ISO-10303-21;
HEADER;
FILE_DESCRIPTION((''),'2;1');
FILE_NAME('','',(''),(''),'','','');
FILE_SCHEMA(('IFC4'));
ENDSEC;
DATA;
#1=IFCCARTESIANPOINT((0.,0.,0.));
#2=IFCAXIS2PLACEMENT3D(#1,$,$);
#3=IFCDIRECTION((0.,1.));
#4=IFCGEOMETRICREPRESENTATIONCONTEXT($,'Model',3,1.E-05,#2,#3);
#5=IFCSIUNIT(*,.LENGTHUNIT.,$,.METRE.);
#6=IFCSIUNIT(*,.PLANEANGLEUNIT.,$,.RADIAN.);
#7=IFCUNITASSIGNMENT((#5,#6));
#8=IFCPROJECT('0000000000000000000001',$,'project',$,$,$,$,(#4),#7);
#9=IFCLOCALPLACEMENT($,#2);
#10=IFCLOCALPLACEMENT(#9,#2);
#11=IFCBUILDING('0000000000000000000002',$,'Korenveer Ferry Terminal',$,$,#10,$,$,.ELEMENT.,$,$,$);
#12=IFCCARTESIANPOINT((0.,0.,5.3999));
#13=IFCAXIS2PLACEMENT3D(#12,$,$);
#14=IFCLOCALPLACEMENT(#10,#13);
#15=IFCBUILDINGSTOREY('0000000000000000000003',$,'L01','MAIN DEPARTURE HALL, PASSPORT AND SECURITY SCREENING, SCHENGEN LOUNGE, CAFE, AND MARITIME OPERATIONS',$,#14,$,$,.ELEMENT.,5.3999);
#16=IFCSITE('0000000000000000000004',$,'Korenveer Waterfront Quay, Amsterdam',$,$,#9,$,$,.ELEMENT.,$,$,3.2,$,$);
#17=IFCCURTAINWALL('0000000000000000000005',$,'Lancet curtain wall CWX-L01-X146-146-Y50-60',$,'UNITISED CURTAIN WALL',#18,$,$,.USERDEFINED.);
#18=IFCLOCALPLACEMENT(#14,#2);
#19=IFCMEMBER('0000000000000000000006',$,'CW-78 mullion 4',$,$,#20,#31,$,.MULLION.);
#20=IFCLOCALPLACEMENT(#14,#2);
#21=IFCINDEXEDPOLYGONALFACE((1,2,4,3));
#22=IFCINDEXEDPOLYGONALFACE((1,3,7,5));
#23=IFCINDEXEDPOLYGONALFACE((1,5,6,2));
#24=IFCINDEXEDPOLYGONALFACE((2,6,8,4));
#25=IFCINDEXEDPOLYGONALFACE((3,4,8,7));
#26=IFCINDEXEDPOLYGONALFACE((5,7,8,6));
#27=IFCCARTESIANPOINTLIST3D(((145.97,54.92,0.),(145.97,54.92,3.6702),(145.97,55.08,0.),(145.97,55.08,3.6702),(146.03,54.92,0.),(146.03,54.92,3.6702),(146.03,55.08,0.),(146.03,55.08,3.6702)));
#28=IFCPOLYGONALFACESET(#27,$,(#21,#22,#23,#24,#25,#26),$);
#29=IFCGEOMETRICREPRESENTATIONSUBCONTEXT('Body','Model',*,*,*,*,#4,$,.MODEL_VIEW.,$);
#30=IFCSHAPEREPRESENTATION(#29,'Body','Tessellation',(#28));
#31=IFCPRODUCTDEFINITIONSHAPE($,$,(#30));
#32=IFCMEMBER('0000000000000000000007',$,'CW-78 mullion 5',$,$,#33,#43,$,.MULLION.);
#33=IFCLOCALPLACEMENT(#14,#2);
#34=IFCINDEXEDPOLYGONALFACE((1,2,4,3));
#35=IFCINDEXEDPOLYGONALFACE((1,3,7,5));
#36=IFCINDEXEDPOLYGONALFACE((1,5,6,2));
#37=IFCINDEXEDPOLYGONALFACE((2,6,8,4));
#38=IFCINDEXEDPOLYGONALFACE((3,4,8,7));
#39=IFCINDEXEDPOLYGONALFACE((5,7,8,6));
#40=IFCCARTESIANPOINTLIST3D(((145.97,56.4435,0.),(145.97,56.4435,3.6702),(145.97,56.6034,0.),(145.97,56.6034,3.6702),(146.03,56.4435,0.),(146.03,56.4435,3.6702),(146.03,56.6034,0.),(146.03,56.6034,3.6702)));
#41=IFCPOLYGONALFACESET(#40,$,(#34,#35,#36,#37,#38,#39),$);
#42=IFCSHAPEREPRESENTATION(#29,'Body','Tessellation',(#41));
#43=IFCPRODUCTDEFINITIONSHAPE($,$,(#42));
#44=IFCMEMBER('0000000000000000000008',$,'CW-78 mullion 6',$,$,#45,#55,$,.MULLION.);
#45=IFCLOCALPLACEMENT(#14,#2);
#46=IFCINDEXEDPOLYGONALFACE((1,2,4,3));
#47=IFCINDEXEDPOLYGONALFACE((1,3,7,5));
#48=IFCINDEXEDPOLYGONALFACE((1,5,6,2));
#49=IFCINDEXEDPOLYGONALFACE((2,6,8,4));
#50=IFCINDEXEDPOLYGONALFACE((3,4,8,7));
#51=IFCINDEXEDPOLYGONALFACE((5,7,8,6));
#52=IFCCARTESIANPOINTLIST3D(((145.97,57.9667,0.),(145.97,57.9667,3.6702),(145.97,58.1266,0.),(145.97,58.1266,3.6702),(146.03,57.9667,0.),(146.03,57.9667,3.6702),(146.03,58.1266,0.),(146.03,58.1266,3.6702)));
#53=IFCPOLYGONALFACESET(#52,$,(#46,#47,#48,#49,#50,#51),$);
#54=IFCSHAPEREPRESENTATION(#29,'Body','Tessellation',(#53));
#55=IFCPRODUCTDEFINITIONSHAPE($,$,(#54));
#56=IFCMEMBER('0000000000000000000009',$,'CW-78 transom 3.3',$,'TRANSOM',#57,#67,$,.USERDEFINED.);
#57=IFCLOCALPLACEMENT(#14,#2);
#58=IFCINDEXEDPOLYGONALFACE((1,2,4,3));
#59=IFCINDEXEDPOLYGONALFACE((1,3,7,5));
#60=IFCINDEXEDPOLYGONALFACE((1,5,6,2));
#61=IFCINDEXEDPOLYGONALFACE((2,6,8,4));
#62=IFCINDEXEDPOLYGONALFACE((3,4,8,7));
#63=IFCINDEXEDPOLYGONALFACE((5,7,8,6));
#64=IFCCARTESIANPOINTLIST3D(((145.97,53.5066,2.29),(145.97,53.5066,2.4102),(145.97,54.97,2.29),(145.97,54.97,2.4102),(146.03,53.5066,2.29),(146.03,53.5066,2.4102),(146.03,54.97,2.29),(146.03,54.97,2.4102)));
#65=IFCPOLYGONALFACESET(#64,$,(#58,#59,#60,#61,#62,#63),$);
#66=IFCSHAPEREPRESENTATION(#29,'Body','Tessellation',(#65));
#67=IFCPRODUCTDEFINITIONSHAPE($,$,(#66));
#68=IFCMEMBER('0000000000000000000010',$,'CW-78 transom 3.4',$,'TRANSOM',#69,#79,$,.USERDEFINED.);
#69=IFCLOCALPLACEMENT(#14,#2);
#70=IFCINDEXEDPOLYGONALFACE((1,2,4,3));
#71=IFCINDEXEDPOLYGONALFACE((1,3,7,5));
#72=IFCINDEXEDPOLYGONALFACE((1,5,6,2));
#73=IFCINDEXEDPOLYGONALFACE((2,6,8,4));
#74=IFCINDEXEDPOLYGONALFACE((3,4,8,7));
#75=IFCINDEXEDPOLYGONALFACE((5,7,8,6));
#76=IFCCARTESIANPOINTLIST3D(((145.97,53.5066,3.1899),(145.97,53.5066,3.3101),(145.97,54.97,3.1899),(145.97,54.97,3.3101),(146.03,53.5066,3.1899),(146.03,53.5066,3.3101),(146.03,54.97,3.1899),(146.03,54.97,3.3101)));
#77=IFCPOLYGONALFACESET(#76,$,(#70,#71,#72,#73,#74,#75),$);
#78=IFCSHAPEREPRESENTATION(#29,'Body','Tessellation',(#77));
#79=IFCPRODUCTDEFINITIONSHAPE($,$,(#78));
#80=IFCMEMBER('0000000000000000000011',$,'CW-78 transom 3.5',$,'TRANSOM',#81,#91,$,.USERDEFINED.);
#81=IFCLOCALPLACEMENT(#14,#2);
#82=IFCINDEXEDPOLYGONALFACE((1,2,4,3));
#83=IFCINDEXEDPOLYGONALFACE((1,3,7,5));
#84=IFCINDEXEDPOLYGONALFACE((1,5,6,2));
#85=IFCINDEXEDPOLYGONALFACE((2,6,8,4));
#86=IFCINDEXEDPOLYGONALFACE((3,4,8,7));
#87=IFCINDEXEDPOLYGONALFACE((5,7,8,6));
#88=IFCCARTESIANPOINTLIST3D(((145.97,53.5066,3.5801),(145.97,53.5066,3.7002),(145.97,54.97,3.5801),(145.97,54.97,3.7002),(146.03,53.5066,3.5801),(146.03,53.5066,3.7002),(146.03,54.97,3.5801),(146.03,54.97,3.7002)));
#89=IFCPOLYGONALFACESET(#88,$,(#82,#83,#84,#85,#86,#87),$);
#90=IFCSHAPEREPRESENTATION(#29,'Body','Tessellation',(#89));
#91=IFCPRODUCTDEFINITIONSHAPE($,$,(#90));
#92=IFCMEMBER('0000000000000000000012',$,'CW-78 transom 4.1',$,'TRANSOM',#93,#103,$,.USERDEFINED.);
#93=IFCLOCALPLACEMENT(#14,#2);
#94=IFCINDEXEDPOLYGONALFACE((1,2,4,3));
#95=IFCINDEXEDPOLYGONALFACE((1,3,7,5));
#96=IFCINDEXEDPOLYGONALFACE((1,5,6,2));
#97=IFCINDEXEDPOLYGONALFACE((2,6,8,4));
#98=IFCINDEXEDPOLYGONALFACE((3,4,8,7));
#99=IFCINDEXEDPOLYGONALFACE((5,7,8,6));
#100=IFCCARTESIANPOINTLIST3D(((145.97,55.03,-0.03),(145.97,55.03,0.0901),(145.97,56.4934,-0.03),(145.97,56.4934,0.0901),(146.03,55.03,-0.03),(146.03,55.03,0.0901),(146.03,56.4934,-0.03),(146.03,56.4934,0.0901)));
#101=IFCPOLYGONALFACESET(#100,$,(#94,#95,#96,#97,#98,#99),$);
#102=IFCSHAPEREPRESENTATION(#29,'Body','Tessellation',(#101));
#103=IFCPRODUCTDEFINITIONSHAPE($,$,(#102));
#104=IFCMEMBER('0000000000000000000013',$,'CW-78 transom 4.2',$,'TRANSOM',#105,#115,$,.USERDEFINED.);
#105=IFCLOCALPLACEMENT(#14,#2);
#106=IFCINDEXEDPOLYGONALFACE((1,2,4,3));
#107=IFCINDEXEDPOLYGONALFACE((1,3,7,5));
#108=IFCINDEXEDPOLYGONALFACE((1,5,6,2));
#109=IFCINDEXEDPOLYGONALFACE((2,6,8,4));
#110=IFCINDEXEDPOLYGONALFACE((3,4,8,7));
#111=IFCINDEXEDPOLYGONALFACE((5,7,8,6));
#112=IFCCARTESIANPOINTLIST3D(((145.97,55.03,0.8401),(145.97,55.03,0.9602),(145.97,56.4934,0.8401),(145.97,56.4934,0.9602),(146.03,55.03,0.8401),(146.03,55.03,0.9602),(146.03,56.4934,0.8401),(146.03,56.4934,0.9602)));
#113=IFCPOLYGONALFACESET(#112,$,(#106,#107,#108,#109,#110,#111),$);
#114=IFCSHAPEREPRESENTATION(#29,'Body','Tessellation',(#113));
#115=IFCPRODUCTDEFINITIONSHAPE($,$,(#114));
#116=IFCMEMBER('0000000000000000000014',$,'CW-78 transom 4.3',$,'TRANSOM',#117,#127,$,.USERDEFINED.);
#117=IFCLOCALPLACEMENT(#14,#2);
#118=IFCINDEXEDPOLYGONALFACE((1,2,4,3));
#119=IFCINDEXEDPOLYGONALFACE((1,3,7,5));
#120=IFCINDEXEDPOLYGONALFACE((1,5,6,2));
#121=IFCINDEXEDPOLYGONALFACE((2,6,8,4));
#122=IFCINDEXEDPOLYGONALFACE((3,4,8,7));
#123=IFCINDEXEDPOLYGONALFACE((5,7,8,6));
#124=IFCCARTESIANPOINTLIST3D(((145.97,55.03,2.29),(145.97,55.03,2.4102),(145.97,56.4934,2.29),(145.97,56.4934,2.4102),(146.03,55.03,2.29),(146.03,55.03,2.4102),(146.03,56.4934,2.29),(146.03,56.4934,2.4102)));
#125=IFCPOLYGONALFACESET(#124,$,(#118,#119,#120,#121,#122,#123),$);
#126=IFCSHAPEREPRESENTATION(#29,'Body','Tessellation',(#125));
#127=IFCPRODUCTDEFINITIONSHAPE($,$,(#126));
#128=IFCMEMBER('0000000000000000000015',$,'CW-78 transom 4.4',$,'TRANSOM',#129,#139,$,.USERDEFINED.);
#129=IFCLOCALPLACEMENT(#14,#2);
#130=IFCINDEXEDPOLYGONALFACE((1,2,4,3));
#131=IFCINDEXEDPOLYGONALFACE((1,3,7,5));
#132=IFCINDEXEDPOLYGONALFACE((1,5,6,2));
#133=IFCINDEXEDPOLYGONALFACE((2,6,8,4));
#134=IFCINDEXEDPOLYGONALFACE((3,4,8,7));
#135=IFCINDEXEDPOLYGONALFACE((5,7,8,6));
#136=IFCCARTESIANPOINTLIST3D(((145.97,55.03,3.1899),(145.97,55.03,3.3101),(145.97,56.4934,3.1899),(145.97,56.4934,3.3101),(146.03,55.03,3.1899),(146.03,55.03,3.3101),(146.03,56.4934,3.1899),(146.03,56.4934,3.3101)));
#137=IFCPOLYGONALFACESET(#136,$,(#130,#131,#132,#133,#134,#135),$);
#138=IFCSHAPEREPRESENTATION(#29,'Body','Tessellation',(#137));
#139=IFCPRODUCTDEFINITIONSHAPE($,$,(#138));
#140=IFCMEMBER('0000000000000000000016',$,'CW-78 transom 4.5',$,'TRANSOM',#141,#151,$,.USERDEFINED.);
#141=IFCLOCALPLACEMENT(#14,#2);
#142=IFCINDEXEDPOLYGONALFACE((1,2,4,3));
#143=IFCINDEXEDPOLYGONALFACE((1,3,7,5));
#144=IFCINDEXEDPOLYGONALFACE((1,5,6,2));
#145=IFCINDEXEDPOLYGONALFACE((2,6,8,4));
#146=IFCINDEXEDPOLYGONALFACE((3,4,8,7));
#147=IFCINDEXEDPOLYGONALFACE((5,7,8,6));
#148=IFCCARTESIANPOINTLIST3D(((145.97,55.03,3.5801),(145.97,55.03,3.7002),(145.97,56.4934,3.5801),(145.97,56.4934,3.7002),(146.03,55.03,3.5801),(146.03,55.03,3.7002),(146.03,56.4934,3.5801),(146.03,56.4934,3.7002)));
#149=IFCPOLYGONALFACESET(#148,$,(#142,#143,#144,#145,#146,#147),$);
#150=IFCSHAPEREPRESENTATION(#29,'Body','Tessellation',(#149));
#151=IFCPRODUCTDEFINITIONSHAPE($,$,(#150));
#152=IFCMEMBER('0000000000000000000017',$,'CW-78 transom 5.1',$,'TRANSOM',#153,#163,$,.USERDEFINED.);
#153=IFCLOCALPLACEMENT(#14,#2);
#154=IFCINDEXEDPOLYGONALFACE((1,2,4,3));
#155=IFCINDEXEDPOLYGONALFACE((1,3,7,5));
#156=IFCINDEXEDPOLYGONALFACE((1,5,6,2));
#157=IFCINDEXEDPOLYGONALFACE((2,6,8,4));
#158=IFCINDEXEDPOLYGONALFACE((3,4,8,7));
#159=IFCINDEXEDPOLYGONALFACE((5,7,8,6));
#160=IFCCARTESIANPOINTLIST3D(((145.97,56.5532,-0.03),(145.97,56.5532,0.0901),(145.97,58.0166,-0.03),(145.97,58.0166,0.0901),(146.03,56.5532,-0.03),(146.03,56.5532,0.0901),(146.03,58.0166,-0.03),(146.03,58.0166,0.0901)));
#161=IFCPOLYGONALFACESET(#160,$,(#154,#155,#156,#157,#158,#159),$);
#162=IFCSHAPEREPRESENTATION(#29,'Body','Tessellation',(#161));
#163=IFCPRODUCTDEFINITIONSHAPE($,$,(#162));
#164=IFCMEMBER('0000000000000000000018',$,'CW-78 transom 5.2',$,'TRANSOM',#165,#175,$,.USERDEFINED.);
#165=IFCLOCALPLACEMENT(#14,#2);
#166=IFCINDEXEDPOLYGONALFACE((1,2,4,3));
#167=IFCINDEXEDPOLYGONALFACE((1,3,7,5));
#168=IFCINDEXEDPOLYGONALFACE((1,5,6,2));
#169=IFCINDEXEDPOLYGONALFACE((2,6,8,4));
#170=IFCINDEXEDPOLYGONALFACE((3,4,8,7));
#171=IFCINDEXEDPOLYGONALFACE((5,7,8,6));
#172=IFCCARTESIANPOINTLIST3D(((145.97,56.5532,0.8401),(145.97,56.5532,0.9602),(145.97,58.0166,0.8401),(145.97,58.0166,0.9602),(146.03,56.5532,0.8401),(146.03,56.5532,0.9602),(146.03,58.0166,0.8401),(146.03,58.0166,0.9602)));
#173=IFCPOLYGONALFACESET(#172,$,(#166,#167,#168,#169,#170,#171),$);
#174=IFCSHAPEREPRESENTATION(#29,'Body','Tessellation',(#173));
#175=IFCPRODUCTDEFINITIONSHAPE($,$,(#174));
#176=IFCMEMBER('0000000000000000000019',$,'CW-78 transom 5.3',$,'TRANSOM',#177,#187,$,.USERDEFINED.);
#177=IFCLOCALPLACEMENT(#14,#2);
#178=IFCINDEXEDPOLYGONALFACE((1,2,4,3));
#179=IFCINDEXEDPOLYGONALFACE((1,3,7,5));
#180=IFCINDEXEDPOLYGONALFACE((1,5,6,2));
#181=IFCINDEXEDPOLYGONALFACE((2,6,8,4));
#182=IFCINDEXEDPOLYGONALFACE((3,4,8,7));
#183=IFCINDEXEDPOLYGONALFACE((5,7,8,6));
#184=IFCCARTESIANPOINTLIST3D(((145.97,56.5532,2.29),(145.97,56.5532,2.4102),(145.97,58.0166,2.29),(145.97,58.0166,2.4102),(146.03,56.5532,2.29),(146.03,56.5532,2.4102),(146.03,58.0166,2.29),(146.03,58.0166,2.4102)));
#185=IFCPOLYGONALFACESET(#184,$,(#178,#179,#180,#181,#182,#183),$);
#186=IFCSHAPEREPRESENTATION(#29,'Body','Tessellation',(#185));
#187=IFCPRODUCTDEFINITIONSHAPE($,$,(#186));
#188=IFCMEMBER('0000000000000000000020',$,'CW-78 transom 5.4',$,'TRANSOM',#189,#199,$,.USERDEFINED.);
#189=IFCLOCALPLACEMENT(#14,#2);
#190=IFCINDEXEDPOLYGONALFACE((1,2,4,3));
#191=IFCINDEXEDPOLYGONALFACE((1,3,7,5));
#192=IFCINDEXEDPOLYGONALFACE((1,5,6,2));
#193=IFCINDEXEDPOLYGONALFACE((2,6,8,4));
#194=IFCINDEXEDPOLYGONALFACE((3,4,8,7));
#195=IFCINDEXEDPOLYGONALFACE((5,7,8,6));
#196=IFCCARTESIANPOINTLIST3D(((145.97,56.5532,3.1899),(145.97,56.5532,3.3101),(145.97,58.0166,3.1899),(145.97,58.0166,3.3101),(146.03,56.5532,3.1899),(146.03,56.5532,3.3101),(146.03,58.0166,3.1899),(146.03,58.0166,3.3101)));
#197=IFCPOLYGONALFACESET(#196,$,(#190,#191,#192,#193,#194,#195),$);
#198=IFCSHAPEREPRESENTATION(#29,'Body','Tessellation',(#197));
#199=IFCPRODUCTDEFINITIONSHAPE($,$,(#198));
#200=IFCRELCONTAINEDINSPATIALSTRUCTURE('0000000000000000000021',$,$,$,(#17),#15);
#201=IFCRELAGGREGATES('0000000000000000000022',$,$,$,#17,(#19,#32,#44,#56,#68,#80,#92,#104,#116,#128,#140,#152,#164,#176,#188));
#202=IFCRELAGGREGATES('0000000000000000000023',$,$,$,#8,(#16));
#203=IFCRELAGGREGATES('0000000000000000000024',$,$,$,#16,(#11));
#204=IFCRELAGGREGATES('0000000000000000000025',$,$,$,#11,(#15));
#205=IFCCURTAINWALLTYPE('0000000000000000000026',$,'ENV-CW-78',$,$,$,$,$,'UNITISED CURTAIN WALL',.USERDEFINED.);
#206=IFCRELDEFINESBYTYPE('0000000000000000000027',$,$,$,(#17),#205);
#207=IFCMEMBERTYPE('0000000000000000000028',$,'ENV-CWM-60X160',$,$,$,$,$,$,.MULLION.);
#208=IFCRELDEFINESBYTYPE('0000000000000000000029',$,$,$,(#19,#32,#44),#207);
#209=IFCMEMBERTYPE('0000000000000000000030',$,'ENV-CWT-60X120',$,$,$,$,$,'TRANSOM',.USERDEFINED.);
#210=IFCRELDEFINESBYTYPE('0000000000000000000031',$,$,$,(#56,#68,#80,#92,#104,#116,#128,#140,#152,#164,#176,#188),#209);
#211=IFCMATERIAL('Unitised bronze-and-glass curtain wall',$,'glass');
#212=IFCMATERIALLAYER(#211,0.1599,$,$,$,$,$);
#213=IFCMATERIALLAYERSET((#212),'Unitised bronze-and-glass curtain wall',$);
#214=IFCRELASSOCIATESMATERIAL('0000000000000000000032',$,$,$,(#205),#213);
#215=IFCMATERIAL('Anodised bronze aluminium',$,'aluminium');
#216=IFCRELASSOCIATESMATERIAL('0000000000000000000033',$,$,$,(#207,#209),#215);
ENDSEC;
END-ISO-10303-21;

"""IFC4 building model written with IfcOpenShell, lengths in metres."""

from ifc_helpers import new_model, si_unit, direction, frame, origin, origin_2d, place, context, subcontext, project, spatial, rectangle, extrude, material, layer, layer_set, material_profile, profile_set, type_object, element, aggregate, save


model = new_model("IFC4")

# Units and contexts
model_context = context("Model", 3, precision=1e-05, world=origin(), true_north=direction((0.0, 1.0)))
body_context = subcontext(model_context, "Body", "Model", "MODEL_VIEW")
ifc_project = project(units=[si_unit("LENGTHUNIT", "METRE"), si_unit("PLANEANGLEUNIT", "RADIAN")], contexts=[model_context])

# Site, building, storey
site_placement = place(None, origin())
site = spatial("IfcSite", under=ifc_project, at=site_placement, Name="Korenveer Waterfront Quay, Amsterdam", CompositionType="ELEMENT", RefElevation=3.2)
building_placement = place(site_placement, origin())
building = spatial("IfcBuilding", under=site, at=building_placement, Name="Korenveer Ferry Terminal", CompositionType="ELEMENT")
storey_placement = place(building_placement, frame((0.0, 0.0, 5.3999)))
storey = spatial("IfcBuildingStorey", under=building, at=storey_placement, Name="L01", Description="MAIN DEPARTURE HALL, PASSPORT AND SECURITY SCREENING, SCHENGEN LOUNGE, CAFE, AND MARITIME OPERATIONS", CompositionType="ELEMENT", Elevation=5.3999)

# Curtain wall, members
ifc_material_1 = material(Name="Unitised bronze-and-glass curtain wall", Category="glass")
ifc_layer_1 = layer(ifc_material_1, 0.1599)
ifc_layer_set_1 = layer_set([ifc_layer_1], Name="Unitised bronze-and-glass curtain wall")
curtain_wall_type = type_object("IfcCurtainWallType", Name="ENV-CW-78", ElementType="UNITISED CURTAIN WALL", PredefinedType="USERDEFINED", material=ifc_layer_set_1)
curtain_wall_placement = place(storey_placement, frame((146.0, 50.4299, 0.0)))
curtain_wall = element("IfcCurtainWall", 1, at=curtain_wall_placement, inside=storey, type_object=curtain_wall_type, Name="Lancet curtain wall CWX-L01-X146-146-Y50-60", ObjectType="UNITISED CURTAIN WALL", PredefinedType="USERDEFINED")
ifc_material_2 = material(Name="Anodised bronze aluminium", Category="aluminium")
ifc_material_profile_1 = material_profile(ifc_material_2, rectangle(XDim=0.0601, YDim=0.1599, at=origin_2d()), Name="ALU 60x160")
ifc_profile_set_1 = profile_set([ifc_material_profile_1], Name="Anodised bronze aluminium")
member_type_1 = type_object("IfcMemberType", Name="ENV-CWM-60X160", PredefinedType="MULLION", material=ifc_profile_set_1)
member_1_placement = place(storey_placement, frame((146.0, 55.0, 0.0), z_axis=(0.0, 0.0, 1.0), x_axis=(-1.0, 0.0, 0.0)))
member_1 = element("IfcMember", 2, at=member_1_placement, type_object=member_type_1, Name="CW-78 mullion 4", PredefinedType="MULLION", context=body_context, shape_type="SweptSolid", body=[
    extrude(rectangle(XDim=0.0601, YDim=0.1599, at=origin_2d()), origin(), (0.0, 0.0, 1.0), 3.6702),
])
member_2_placement = place(storey_placement, frame((146.0, 56.5234, 0.0), z_axis=(0.0, 0.0, 1.0), x_axis=(-1.0, 0.0, 0.0)))
member_2 = element("IfcMember", 3, at=member_2_placement, type_object=member_type_1, Name="CW-78 mullion 5", PredefinedType="MULLION", context=body_context, shape_type="SweptSolid", body=[
    extrude(rectangle(XDim=0.0601, YDim=0.1599, at=origin_2d()), origin(), (0.0, 0.0, 1.0), 3.6702),
])
member_3_placement = place(storey_placement, frame((146.0, 58.0466, 0.0), z_axis=(0.0, 0.0, 1.0), x_axis=(-1.0, 0.0, 0.0)))
member_3 = element("IfcMember", 4, at=member_3_placement, type_object=member_type_1, Name="CW-78 mullion 6", PredefinedType="MULLION", context=body_context, shape_type="SweptSolid", body=[
    extrude(rectangle(XDim=0.0601, YDim=0.1599, at=origin_2d()), origin(), (0.0, 0.0, 1.0), 3.6702),
])
ifc_material_profile_2 = material_profile(ifc_material_2, rectangle(XDim=0.0601, YDim=0.1201, at=origin_2d()), Name="ALU 60x120")
ifc_profile_set_2 = profile_set([ifc_material_profile_2], Name="Anodised bronze aluminium")
member_type_2 = type_object("IfcMemberType", Name="ENV-CWT-60X120", ElementType="TRANSOM", PredefinedType="USERDEFINED", material=ifc_profile_set_2)
member_4_placement = place(storey_placement, frame((146.0, 53.5066, 2.3501), z_axis=(0.0, 1.0, 0.0), x_axis=(-1.0, 0.0, 0.0)))
member_4 = element("IfcMember", 5, at=member_4_placement, type_object=member_type_2, Name="CW-78 transom 3.3", ObjectType="TRANSOM", PredefinedType="USERDEFINED", context=body_context, shape_type="SweptSolid", body=[
    extrude(rectangle(XDim=0.0601, YDim=0.1201, at=origin_2d()), origin(), (0.0, 0.0, 1.0), 1.4634),
])
member_5_placement = place(storey_placement, frame((146.0, 53.5066, 3.25), z_axis=(0.0, 1.0, 0.0), x_axis=(-1.0, 0.0, 0.0)))
member_5 = element("IfcMember", 6, at=member_5_placement, type_object=member_type_2, Name="CW-78 transom 3.4", ObjectType="TRANSOM", PredefinedType="USERDEFINED", context=body_context, shape_type="SweptSolid", body=[
    extrude(rectangle(XDim=0.0601, YDim=0.1201, at=origin_2d()), origin(), (0.0, 0.0, 1.0), 1.4634),
])
member_6_placement = place(storey_placement, frame((146.0, 53.5066, 3.6401), z_axis=(0.0, 1.0, 0.0), x_axis=(-1.0, 0.0, 0.0)))
member_6 = element("IfcMember", 7, at=member_6_placement, type_object=member_type_2, Name="CW-78 transom 3.5", ObjectType="TRANSOM", PredefinedType="USERDEFINED", context=body_context, shape_type="SweptSolid", body=[
    extrude(rectangle(XDim=0.0601, YDim=0.1201, at=origin_2d()), origin(), (0.0, 0.0, 1.0), 1.4634),
])
member_7_placement = place(storey_placement, frame((146.0, 55.03, 0.03), z_axis=(0.0, 1.0, 0.0), x_axis=(-1.0, 0.0, 0.0)))
member_7 = element("IfcMember", 8, at=member_7_placement, type_object=member_type_2, Name="CW-78 transom 4.1", ObjectType="TRANSOM", PredefinedType="USERDEFINED", context=body_context, shape_type="SweptSolid", body=[
    extrude(rectangle(XDim=0.0601, YDim=0.1201, at=origin_2d()), origin(), (0.0, 0.0, 1.0), 1.4634),
])
member_8_placement = place(storey_placement, frame((146.0, 55.03, 0.9001), z_axis=(0.0, 1.0, 0.0), x_axis=(-1.0, 0.0, 0.0)))
member_8 = element("IfcMember", 9, at=member_8_placement, type_object=member_type_2, Name="CW-78 transom 4.2", ObjectType="TRANSOM", PredefinedType="USERDEFINED", context=body_context, shape_type="SweptSolid", body=[
    extrude(rectangle(XDim=0.0601, YDim=0.1201, at=origin_2d()), origin(), (0.0, 0.0, 1.0), 1.4634),
])
member_9_placement = place(storey_placement, frame((146.0, 55.03, 2.3501), z_axis=(0.0, 1.0, 0.0), x_axis=(-1.0, 0.0, 0.0)))
member_9 = element("IfcMember", 10, at=member_9_placement, type_object=member_type_2, Name="CW-78 transom 4.3", ObjectType="TRANSOM", PredefinedType="USERDEFINED", context=body_context, shape_type="SweptSolid", body=[
    extrude(rectangle(XDim=0.0601, YDim=0.1201, at=origin_2d()), origin(), (0.0, 0.0, 1.0), 1.4634),
])
member_10_placement = place(storey_placement, frame((146.0, 55.03, 3.25), z_axis=(0.0, 1.0, 0.0), x_axis=(-1.0, 0.0, 0.0)))
member_10 = element("IfcMember", 11, at=member_10_placement, type_object=member_type_2, Name="CW-78 transom 4.4", ObjectType="TRANSOM", PredefinedType="USERDEFINED", context=body_context, shape_type="SweptSolid", body=[
    extrude(rectangle(XDim=0.0601, YDim=0.1201, at=origin_2d()), origin(), (0.0, 0.0, 1.0), 1.4634),
])
member_11_placement = place(storey_placement, frame((146.0, 55.03, 3.6401), z_axis=(0.0, 1.0, 0.0), x_axis=(-1.0, 0.0, 0.0)))
member_11 = element("IfcMember", 12, at=member_11_placement, type_object=member_type_2, Name="CW-78 transom 4.5", ObjectType="TRANSOM", PredefinedType="USERDEFINED", context=body_context, shape_type="SweptSolid", body=[
    extrude(rectangle(XDim=0.0601, YDim=0.1201, at=origin_2d()), origin(), (0.0, 0.0, 1.0), 1.4634),
])
member_12_placement = place(storey_placement, frame((146.0, 56.5532, 0.03), z_axis=(0.0, 1.0, 0.0), x_axis=(-1.0, 0.0, 0.0)))
member_12 = element("IfcMember", 13, at=member_12_placement, type_object=member_type_2, Name="CW-78 transom 5.1", ObjectType="TRANSOM", PredefinedType="USERDEFINED", context=body_context, shape_type="SweptSolid", body=[
    extrude(rectangle(XDim=0.0601, YDim=0.1201, at=origin_2d()), origin(), (0.0, 0.0, 1.0), 1.4634),
])
member_13_placement = place(storey_placement, frame((146.0, 56.5532, 0.9001), z_axis=(0.0, 1.0, 0.0), x_axis=(-1.0, 0.0, 0.0)))
member_13 = element("IfcMember", 14, at=member_13_placement, type_object=member_type_2, Name="CW-78 transom 5.2", ObjectType="TRANSOM", PredefinedType="USERDEFINED", context=body_context, shape_type="SweptSolid", body=[
    extrude(rectangle(XDim=0.0601, YDim=0.1201, at=origin_2d()), origin(), (0.0, 0.0, 1.0), 1.4634),
])
member_14_placement = place(storey_placement, frame((146.0, 56.5532, 2.3501), z_axis=(0.0, 1.0, 0.0), x_axis=(-1.0, 0.0, 0.0)))
member_14 = element("IfcMember", 15, at=member_14_placement, type_object=member_type_2, Name="CW-78 transom 5.3", ObjectType="TRANSOM", PredefinedType="USERDEFINED", context=body_context, shape_type="SweptSolid", body=[
    extrude(rectangle(XDim=0.0601, YDim=0.1201, at=origin_2d()), origin(), (0.0, 0.0, 1.0), 1.4634),
])
member_15_placement = place(storey_placement, frame((146.0, 56.5532, 3.25), z_axis=(0.0, 1.0, 0.0), x_axis=(-1.0, 0.0, 0.0)))
member_15 = element("IfcMember", 16, at=member_15_placement, type_object=member_type_2, Name="CW-78 transom 5.4", ObjectType="TRANSOM", PredefinedType="USERDEFINED", context=body_context, shape_type="SweptSolid", body=[
    extrude(rectangle(XDim=0.0601, YDim=0.1201, at=origin_2d()), origin(), (0.0, 0.0, 1.0), 1.4634),
])
aggregate(curtain_wall, [member_1, member_2, member_3, member_4, member_5, member_6, member_7, member_8, member_9, member_10, member_11, member_12, member_13, member_14, member_15])

save(model, "model.ifc")
